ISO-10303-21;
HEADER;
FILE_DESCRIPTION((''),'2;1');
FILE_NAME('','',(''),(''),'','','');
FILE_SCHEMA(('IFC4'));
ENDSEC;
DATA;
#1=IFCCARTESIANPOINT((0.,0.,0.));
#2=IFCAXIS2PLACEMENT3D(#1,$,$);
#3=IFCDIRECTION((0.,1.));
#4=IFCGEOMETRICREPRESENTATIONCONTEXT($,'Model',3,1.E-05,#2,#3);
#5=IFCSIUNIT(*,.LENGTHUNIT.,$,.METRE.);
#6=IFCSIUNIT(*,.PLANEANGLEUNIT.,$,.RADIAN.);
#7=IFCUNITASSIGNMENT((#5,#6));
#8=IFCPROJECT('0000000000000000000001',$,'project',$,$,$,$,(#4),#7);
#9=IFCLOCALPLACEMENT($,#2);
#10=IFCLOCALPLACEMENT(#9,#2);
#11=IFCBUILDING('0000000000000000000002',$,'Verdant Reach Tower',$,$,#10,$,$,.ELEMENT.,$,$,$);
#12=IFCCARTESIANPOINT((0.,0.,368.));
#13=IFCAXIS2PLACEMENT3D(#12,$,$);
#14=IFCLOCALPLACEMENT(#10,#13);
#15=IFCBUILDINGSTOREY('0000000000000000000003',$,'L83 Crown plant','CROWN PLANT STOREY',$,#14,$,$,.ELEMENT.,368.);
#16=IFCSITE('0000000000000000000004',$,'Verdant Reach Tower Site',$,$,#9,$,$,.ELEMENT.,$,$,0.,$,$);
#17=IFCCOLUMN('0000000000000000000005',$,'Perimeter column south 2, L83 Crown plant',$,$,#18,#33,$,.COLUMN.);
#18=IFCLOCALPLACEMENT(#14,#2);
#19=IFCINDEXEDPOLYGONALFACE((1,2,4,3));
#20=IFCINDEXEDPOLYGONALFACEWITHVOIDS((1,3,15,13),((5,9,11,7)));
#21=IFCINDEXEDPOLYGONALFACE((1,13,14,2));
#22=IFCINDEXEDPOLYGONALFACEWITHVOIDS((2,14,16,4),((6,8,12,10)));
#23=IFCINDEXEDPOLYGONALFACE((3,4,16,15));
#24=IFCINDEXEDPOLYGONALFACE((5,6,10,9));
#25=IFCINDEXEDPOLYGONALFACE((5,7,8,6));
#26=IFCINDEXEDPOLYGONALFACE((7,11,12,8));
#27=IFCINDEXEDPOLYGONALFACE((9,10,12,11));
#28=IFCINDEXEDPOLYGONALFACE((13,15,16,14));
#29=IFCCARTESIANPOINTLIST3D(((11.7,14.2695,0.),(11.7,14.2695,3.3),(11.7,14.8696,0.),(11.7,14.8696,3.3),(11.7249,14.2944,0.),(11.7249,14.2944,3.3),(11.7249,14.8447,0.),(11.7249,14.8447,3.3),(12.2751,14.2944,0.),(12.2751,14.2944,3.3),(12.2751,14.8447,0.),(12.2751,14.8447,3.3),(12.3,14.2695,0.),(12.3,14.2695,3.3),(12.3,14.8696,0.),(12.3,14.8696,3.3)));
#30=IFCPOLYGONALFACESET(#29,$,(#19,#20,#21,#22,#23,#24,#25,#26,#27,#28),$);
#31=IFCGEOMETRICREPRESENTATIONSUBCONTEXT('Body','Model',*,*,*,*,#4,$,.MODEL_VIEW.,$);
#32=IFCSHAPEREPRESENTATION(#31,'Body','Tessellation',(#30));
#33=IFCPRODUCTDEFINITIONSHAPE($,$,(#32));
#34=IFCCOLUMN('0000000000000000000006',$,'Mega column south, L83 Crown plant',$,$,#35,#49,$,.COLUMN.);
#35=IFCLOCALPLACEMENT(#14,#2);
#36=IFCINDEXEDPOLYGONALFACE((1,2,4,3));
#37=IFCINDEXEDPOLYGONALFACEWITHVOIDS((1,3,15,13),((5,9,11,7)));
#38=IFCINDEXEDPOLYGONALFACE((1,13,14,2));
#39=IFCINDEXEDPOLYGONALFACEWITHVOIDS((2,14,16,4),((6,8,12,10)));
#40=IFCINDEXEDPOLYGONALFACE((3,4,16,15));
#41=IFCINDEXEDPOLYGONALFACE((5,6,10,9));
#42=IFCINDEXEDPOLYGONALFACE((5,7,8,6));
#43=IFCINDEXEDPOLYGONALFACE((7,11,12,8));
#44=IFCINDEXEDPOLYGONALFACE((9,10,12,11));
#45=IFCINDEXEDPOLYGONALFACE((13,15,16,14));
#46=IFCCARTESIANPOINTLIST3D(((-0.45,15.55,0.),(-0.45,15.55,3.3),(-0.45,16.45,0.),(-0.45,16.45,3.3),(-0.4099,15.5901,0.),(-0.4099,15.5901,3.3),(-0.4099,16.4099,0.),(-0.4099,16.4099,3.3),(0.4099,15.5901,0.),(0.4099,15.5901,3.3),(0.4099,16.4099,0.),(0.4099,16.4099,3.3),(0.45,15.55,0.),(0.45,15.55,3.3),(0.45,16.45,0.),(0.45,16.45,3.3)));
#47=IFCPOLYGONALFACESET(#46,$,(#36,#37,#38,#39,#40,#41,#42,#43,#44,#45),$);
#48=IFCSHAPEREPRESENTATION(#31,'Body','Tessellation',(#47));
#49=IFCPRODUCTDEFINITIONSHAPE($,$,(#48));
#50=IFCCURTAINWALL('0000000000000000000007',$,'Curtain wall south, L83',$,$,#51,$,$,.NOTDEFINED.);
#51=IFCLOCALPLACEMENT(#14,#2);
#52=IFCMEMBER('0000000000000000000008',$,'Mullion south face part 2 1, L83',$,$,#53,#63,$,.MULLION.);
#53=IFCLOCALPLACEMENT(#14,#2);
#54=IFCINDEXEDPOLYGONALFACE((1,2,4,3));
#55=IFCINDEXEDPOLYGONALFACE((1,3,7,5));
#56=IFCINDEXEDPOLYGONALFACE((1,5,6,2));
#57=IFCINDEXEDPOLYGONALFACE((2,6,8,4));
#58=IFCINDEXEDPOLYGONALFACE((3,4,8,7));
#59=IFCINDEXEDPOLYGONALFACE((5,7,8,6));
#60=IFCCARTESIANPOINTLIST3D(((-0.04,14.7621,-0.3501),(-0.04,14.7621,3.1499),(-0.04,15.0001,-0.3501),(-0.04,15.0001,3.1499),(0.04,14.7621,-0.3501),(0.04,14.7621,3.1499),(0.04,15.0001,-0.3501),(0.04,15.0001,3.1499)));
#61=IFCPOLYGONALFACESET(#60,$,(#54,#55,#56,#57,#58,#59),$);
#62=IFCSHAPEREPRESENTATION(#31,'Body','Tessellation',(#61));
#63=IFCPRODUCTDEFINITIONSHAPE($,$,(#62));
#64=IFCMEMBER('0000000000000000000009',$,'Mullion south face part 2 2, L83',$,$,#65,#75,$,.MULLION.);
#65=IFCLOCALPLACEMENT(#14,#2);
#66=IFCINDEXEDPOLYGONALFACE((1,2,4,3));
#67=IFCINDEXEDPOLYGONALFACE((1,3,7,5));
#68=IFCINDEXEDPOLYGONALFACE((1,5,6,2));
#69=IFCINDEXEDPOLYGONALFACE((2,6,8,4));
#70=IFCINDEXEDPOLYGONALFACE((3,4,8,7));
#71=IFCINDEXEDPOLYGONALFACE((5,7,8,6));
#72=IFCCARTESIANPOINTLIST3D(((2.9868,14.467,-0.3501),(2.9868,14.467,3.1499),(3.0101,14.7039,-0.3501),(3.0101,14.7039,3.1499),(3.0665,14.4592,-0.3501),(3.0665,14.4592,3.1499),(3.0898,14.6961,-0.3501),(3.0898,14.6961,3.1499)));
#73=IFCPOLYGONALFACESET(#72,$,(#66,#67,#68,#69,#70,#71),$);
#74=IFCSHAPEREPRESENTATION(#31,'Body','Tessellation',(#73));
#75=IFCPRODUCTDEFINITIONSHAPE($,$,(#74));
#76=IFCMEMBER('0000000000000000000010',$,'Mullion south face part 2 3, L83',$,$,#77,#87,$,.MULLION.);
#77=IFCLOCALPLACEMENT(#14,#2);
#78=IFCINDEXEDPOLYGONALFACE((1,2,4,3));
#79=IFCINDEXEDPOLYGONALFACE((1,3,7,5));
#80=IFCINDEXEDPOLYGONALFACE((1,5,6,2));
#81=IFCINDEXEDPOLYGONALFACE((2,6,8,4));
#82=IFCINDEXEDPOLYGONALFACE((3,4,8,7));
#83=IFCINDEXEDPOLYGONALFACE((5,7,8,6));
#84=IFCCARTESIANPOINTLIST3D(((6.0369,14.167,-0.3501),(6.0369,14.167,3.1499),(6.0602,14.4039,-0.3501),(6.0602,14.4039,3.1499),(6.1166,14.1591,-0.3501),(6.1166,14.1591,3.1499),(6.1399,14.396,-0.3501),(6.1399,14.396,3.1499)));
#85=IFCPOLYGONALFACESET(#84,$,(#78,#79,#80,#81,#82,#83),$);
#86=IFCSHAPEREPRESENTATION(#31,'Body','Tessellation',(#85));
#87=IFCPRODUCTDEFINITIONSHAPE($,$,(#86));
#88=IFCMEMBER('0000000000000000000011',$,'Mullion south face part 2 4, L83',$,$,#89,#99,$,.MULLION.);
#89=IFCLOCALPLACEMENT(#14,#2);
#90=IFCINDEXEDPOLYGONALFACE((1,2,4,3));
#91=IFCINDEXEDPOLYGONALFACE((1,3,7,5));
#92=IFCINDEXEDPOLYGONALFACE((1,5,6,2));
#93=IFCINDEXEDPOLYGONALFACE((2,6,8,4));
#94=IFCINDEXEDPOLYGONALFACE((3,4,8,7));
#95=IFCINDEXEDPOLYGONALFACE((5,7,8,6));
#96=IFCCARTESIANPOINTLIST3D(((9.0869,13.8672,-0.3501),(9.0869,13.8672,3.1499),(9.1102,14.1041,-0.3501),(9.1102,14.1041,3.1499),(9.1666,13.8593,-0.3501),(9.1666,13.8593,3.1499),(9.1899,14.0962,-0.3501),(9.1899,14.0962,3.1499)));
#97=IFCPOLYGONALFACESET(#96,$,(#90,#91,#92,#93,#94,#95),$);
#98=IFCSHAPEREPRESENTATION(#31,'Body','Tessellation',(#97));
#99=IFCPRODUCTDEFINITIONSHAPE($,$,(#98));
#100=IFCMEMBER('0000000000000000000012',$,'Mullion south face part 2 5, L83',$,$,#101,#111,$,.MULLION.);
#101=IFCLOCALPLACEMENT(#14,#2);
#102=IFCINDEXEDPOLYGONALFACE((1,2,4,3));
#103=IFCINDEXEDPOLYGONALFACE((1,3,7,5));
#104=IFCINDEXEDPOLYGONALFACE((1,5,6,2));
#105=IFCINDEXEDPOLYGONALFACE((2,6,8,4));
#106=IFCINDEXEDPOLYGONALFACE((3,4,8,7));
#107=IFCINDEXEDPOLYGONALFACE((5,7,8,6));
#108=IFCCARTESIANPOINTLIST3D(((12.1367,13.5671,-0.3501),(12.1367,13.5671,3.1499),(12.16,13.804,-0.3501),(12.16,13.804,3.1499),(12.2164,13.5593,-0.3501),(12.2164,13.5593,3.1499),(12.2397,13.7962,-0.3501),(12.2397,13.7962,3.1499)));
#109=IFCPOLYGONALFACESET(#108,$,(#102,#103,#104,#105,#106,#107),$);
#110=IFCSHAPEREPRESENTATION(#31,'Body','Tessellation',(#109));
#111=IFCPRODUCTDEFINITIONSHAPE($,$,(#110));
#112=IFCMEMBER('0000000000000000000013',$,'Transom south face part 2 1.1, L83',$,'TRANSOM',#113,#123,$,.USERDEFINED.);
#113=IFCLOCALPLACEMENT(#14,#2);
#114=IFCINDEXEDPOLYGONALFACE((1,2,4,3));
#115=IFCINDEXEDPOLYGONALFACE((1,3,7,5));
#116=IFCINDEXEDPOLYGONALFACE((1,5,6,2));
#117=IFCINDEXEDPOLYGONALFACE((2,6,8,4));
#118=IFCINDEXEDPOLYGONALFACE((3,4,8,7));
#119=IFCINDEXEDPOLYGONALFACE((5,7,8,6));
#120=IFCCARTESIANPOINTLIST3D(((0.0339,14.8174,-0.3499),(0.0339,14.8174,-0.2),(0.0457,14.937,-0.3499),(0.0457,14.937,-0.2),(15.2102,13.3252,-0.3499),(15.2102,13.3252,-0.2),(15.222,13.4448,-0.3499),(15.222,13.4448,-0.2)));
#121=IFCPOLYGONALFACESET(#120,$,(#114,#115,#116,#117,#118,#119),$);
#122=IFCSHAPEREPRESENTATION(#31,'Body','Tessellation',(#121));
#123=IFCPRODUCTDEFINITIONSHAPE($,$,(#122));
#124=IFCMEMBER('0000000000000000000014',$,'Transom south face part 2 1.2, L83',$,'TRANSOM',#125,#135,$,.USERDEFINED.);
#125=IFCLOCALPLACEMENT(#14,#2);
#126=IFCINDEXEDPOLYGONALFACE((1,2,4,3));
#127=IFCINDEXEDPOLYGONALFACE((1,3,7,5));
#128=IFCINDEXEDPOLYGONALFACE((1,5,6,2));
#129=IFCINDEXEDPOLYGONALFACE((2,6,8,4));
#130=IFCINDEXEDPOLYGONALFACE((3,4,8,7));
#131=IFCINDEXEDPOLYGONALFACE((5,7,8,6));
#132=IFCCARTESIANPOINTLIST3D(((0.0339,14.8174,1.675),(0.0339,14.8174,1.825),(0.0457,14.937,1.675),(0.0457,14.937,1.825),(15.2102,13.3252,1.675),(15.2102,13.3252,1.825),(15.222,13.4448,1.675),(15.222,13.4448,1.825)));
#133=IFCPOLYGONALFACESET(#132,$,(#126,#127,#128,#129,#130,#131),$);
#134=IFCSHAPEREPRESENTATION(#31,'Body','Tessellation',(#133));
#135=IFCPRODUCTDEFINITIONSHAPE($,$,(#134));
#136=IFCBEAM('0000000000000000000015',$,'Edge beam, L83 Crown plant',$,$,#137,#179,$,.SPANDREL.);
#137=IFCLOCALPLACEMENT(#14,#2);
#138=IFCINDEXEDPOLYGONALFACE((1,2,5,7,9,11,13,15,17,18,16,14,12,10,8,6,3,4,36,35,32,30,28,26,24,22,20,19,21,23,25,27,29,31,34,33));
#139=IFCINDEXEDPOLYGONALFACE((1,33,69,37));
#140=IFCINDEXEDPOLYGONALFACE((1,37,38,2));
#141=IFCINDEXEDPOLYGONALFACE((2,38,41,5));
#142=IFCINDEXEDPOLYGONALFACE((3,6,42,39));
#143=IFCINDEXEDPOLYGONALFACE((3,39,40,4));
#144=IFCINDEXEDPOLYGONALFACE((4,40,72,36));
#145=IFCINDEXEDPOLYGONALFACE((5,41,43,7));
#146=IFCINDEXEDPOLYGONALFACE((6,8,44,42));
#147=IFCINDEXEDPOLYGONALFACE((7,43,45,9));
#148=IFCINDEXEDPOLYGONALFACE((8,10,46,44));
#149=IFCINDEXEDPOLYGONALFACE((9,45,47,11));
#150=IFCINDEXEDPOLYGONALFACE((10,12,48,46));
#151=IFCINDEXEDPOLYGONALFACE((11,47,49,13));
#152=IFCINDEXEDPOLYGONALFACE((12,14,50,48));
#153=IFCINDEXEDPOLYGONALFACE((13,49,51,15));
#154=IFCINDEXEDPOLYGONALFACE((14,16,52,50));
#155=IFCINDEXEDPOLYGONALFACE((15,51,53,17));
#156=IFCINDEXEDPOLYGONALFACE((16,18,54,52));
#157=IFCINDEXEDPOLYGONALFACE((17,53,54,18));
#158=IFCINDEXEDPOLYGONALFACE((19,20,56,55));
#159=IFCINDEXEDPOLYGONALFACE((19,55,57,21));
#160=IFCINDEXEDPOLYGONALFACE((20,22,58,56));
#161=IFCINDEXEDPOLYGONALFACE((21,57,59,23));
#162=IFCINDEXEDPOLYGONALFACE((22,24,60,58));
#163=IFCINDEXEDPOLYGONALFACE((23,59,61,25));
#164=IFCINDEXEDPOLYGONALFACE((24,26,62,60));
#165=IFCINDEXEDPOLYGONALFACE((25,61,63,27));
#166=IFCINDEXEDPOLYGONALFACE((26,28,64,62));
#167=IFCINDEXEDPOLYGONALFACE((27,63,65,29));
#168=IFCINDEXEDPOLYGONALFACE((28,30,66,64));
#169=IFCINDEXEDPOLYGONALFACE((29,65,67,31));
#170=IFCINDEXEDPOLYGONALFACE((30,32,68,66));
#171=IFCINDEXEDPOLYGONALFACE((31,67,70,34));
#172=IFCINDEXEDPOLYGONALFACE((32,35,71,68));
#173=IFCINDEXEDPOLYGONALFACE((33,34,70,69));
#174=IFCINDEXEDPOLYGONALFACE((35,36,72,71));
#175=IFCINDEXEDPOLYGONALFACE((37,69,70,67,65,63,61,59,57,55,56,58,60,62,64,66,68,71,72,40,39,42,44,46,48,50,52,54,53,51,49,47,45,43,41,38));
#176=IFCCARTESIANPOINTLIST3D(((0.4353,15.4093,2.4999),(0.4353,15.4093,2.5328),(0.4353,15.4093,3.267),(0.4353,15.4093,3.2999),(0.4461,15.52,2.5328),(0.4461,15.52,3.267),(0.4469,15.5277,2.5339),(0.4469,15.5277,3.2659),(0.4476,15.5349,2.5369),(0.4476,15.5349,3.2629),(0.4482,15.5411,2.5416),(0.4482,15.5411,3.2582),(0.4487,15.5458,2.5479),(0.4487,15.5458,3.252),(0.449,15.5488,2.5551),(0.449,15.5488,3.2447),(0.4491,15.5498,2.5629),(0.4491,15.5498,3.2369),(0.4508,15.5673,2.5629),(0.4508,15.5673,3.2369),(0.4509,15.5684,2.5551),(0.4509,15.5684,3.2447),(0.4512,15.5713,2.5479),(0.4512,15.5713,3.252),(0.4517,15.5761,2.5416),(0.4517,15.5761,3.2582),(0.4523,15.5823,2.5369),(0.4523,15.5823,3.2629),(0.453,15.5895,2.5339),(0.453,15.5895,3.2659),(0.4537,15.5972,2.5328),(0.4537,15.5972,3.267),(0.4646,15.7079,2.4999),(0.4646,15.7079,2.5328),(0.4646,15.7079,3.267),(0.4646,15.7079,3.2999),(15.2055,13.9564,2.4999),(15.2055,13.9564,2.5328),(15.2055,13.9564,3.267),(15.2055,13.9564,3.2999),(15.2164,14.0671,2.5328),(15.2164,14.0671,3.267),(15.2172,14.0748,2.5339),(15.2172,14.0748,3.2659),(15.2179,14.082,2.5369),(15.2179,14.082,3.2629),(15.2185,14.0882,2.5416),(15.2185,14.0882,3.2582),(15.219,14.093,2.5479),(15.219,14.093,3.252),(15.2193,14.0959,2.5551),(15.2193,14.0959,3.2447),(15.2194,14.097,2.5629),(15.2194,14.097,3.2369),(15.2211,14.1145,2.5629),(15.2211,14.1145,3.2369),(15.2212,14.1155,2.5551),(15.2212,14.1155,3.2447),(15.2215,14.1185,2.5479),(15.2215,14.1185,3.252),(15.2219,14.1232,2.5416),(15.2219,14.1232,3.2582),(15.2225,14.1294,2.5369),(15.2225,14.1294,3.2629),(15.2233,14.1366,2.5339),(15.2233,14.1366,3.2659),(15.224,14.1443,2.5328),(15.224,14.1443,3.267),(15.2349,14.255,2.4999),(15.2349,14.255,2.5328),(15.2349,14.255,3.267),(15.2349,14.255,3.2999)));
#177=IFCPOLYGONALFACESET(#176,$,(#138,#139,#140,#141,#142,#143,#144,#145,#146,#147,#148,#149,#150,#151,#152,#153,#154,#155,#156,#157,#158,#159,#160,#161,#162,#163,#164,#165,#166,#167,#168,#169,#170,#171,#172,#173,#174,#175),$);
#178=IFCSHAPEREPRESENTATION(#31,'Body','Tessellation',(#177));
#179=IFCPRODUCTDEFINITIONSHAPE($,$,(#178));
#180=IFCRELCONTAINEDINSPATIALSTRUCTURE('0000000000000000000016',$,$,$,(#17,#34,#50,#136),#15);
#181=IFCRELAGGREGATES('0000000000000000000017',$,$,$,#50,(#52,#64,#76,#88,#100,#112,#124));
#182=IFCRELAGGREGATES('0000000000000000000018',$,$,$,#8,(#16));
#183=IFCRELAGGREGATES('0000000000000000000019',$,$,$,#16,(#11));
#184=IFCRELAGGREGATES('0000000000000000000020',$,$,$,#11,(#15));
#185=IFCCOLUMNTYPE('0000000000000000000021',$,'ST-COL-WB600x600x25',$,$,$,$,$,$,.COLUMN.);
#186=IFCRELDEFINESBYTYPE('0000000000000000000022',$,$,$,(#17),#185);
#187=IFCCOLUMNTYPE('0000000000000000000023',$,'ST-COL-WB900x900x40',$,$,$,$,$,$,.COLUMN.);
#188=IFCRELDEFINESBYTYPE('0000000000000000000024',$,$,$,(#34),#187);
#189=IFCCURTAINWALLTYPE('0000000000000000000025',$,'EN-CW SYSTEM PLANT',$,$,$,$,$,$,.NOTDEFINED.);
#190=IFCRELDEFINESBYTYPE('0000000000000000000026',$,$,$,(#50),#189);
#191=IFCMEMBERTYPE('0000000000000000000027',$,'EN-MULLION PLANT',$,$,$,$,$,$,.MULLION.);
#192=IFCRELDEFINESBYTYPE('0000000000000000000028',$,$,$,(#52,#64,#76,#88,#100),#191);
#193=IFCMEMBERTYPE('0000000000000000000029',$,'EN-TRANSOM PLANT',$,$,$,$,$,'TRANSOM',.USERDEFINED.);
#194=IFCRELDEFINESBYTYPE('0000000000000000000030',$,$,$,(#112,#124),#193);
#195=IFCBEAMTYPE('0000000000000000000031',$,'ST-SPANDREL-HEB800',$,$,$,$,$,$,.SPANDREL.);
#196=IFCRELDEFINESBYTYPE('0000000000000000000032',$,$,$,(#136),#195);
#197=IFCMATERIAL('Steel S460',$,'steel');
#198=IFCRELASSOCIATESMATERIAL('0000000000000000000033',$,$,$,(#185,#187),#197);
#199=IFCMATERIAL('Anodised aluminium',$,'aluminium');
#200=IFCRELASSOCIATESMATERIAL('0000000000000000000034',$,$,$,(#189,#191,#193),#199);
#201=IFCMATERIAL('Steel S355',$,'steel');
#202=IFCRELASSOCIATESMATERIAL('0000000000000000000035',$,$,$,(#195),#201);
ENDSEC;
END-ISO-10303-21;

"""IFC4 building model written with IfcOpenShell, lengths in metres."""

from ifc_helpers import new_model, si_unit, direction, frame, origin, origin_2d, place, context, subcontext, project, spatial, rectangle, hollow_rectangle, i_section, extrude, material, material_profile, profile_set, type_object, element, aggregate, save


model = new_model("IFC4")

# Units and contexts
model_context = context("Model", 3, precision=1e-05, world=origin(), true_north=direction((0.0, 1.0)))
body_context = subcontext(model_context, "Body", "Model", "MODEL_VIEW")
ifc_project = project(units=[si_unit("LENGTHUNIT", "METRE"), si_unit("PLANEANGLEUNIT", "RADIAN")], contexts=[model_context])

# Site, building, storey
site_placement = place(None, origin())
site = spatial("IfcSite", under=ifc_project, at=site_placement, Name="Verdant Reach Tower Site", CompositionType="ELEMENT", RefElevation=0.0)
building_placement = place(site_placement, origin())
building = spatial("IfcBuilding", under=site, at=building_placement, Name="Verdant Reach Tower", CompositionType="ELEMENT")
storey_placement = place(building_placement, frame((0.0, 0.0, 368.0)))
storey = spatial("IfcBuildingStorey", under=building, at=storey_placement, Name="L83 Crown plant", Description="CROWN PLANT STOREY", CompositionType="ELEMENT", Elevation=368.0)

# Columns
ifc_material_1 = material(Name="Steel S460", Category="steel")
ifc_material_profile_1 = material_profile(ifc_material_1, hollow_rectangle(XDim=0.6001, YDim=0.6001, WallThickness=0.0249, at=origin_2d()), Name="WB 600x600x25")
ifc_profile_set_1 = profile_set([ifc_material_profile_1], Name="Steel S460")
column_type_1 = type_object("IfcColumnType", Name="ST-COL-WB600x600x25", PredefinedType="COLUMN", material=ifc_profile_set_1)
column_1_placement = place(storey_placement, frame((12.0, 14.5696, 0.0), z_axis=(0.0, 0.0, 1.0), x_axis=(1.0, 0.0, 0.0)))
element("IfcColumn", 1, at=column_1_placement, inside=storey, type_object=column_type_1, Name="Perimeter column south 2, L83 Crown plant", PredefinedType="COLUMN", context=body_context, shape_type="SweptSolid", body=[
    extrude(hollow_rectangle(XDim=0.6001, YDim=0.6001, WallThickness=0.0249, at=origin_2d()), origin(), (0.0, 0.0, 1.0), 3.3),
])
ifc_material_profile_2 = material_profile(ifc_material_1, hollow_rectangle(XDim=0.8999, YDim=0.8999, WallThickness=0.04, at=origin_2d()), Name="WB 900x900x40")
ifc_profile_set_2 = profile_set([ifc_material_profile_2], Name="Steel S460")
column_type_2 = type_object("IfcColumnType", Name="ST-COL-WB900x900x40", PredefinedType="COLUMN", material=ifc_profile_set_2)
column_2_placement = place(storey_placement, frame((0.0, 16.0, 0.0), z_axis=(0.0, 0.0, 1.0), x_axis=(1.0, 0.0, 0.0)))
element("IfcColumn", 2, at=column_2_placement, inside=storey, type_object=column_type_2, Name="Mega column south, L83 Crown plant", PredefinedType="COLUMN", context=body_context, shape_type="SweptSolid", body=[
    extrude(hollow_rectangle(XDim=0.8999, YDim=0.8999, WallThickness=0.04, at=origin_2d()), origin(), (0.0, 0.0, 1.0), 3.3),
])

# Curtain wall, members
ifc_material_2 = material(Name="Anodised aluminium", Category="aluminium")
curtain_wall_type = type_object("IfcCurtainWallType", Name="EN-CW SYSTEM PLANT", PredefinedType="NOTDEFINED", material=ifc_material_2)
curtain_wall_placement = place(storey_placement, origin())
curtain_wall = element("IfcCurtainWall", 3, at=curtain_wall_placement, inside=storey, type_object=curtain_wall_type, Name="Curtain wall south, L83", PredefinedType="NOTDEFINED")
ifc_material_profile_3 = material_profile(ifc_material_2, rectangle(XDim=0.238, YDim=0.0801, at=origin_2d()), Name="Mullion 80x240")
ifc_profile_set_3 = profile_set([ifc_material_profile_3], Name="Anodised aluminium")
member_type_1 = type_object("IfcMemberType", Name="EN-MULLION PLANT", PredefinedType="MULLION", material=ifc_profile_set_3)
member_1_placement = place(storey_placement, frame((0.0, 14.8811, -0.3501), z_axis=(0.0, 0.0, 1.0), x_axis=(0.0, -1.0, 0.0)))
member_1 = element("IfcMember", 4, at=member_1_placement, type_object=member_type_1, Name="Mullion south face part 2 1, L83", PredefinedType="MULLION", context=body_context, shape_type="SweptSolid", body=[
    extrude(rectangle(XDim=0.238, YDim=0.0801, at=origin_2d()), origin(), (0.0, 0.0, 1.0), 3.5),
])
member_2_placement = place(storey_placement, frame((3.0383, 14.5815, -0.3501), z_axis=(0.0, 0.0, 1.0), x_axis=(-0.097888, -0.995197, 0.0)))
member_2 = element("IfcMember", 5, at=member_2_placement, type_object=member_type_1, Name="Mullion south face part 2 2, L83", PredefinedType="MULLION", context=body_context, shape_type="SweptSolid", body=[
    extrude(rectangle(XDim=0.238, YDim=0.0801, at=origin_2d()), origin(), (0.0, 0.0, 1.0), 3.5),
])
member_3_placement = place(storey_placement, frame((6.0884, 14.2815, -0.3501), z_axis=(0.0, 0.0, 1.0), x_axis=(-0.097888, -0.995197, 0.0)))
member_3 = element("IfcMember", 6, at=member_3_placement, type_object=member_type_1, Name="Mullion south face part 2 3, L83", PredefinedType="MULLION", context=body_context, shape_type="SweptSolid", body=[
    extrude(rectangle(XDim=0.238, YDim=0.0801, at=origin_2d()), origin(), (0.0, 0.0, 1.0), 3.5),
])
member_4_placement = place(storey_placement, frame((9.1384, 13.9817, -0.3501), z_axis=(0.0, 0.0, 1.0), x_axis=(-0.097888, -0.995197, 0.0)))
member_4 = element("IfcMember", 7, at=member_4_placement, type_object=member_type_1, Name="Mullion south face part 2 4, L83", PredefinedType="MULLION", context=body_context, shape_type="SweptSolid", body=[
    extrude(rectangle(XDim=0.238, YDim=0.0801, at=origin_2d()), origin(), (0.0, 0.0, 1.0), 3.5),
])
member_5_placement = place(storey_placement, frame((12.1882, 13.6816, -0.3501), z_axis=(0.0, 0.0, 1.0), x_axis=(-0.097888, -0.995197, 0.0)))
member_5 = element("IfcMember", 8, at=member_5_placement, type_object=member_type_1, Name="Mullion south face part 2 5, L83", PredefinedType="MULLION", context=body_context, shape_type="SweptSolid", body=[
    extrude(rectangle(XDim=0.238, YDim=0.0801, at=origin_2d()), origin(), (0.0, 0.0, 1.0), 3.5),
])
ifc_material_profile_4 = material_profile(ifc_material_2, rectangle(XDim=0.1201, YDim=0.1499, at=origin_2d()), Name="Transom 150x120")
ifc_profile_set_4 = profile_set([ifc_material_profile_4], Name="Anodised aluminium")
member_type_2 = type_object("IfcMemberType", Name="EN-TRANSOM PLANT", ElementType="TRANSOM", PredefinedType="USERDEFINED", material=ifc_profile_set_4)
member_6_placement = place(storey_placement, frame((0.0398, 14.8772, -0.2749), z_axis=(0.995201, -0.097852, 0.0), x_axis=(0.097852, 0.995201, 0.0)))
member_6 = element("IfcMember", 9, at=member_6_placement, type_object=member_type_2, Name="Transom south face part 2 1.1, L83", ObjectType="TRANSOM", PredefinedType="USERDEFINED", context=body_context, shape_type="SweptSolid", body=[
    extrude(rectangle(XDim=0.1201, YDim=0.1499, at=origin_2d()), origin(), (0.0, 0.0, 1.0), 15.2495),
])
member_7_placement = place(storey_placement, frame((0.0398, 14.8772, 1.75), z_axis=(0.995201, -0.097852, 0.0), x_axis=(0.097852, 0.995201, 0.0)))
member_7 = element("IfcMember", 10, at=member_7_placement, type_object=member_type_2, Name="Transom south face part 2 1.2, L83", ObjectType="TRANSOM", PredefinedType="USERDEFINED", context=body_context, shape_type="SweptSolid", body=[
    extrude(rectangle(XDim=0.1201, YDim=0.1499, at=origin_2d()), origin(), (0.0, 0.0, 1.0), 15.2495),
])

# Beam
ifc_material_3 = material(Name="Steel S355", Category="steel")
ifc_material_profile_5 = material_profile(ifc_material_3, i_section(OverallWidth=0.3, OverallDepth=0.8, WebThickness=0.0176, FlangeThickness=0.033, FilletRadius=0.03, at=origin_2d()), Name="HEB 800")
ifc_profile_set_5 = profile_set([ifc_material_profile_5], Name="Steel S355")
beam_type = type_object("IfcBeamType", Name="ST-SPANDREL-HEB800", PredefinedType="SPANDREL", material=ifc_profile_set_5)
beam_placement = place(storey_placement, frame((15.2202, 14.1057, 2.8999), z_axis=(-0.995197, 0.097893, 0.0), x_axis=(-0.097893, -0.995197, 0.0)))
element("IfcBeam", 11, at=beam_placement, inside=storey, type_object=beam_type, Name="Edge beam, L83 Crown plant", PredefinedType="SPANDREL", context=body_context, shape_type="SweptSolid", body=[
    extrude(i_section(OverallWidth=0.3, OverallDepth=0.8, WebThickness=0.0176, FlangeThickness=0.033, FilletRadius=0.03, at=origin_2d()), origin(), (0.0, 0.0, 1.0), 14.8416),
])

aggregate(curtain_wall, [member_1, member_2, member_3, member_4, member_5, member_6, member_7])

save(model, "model.ifc")
